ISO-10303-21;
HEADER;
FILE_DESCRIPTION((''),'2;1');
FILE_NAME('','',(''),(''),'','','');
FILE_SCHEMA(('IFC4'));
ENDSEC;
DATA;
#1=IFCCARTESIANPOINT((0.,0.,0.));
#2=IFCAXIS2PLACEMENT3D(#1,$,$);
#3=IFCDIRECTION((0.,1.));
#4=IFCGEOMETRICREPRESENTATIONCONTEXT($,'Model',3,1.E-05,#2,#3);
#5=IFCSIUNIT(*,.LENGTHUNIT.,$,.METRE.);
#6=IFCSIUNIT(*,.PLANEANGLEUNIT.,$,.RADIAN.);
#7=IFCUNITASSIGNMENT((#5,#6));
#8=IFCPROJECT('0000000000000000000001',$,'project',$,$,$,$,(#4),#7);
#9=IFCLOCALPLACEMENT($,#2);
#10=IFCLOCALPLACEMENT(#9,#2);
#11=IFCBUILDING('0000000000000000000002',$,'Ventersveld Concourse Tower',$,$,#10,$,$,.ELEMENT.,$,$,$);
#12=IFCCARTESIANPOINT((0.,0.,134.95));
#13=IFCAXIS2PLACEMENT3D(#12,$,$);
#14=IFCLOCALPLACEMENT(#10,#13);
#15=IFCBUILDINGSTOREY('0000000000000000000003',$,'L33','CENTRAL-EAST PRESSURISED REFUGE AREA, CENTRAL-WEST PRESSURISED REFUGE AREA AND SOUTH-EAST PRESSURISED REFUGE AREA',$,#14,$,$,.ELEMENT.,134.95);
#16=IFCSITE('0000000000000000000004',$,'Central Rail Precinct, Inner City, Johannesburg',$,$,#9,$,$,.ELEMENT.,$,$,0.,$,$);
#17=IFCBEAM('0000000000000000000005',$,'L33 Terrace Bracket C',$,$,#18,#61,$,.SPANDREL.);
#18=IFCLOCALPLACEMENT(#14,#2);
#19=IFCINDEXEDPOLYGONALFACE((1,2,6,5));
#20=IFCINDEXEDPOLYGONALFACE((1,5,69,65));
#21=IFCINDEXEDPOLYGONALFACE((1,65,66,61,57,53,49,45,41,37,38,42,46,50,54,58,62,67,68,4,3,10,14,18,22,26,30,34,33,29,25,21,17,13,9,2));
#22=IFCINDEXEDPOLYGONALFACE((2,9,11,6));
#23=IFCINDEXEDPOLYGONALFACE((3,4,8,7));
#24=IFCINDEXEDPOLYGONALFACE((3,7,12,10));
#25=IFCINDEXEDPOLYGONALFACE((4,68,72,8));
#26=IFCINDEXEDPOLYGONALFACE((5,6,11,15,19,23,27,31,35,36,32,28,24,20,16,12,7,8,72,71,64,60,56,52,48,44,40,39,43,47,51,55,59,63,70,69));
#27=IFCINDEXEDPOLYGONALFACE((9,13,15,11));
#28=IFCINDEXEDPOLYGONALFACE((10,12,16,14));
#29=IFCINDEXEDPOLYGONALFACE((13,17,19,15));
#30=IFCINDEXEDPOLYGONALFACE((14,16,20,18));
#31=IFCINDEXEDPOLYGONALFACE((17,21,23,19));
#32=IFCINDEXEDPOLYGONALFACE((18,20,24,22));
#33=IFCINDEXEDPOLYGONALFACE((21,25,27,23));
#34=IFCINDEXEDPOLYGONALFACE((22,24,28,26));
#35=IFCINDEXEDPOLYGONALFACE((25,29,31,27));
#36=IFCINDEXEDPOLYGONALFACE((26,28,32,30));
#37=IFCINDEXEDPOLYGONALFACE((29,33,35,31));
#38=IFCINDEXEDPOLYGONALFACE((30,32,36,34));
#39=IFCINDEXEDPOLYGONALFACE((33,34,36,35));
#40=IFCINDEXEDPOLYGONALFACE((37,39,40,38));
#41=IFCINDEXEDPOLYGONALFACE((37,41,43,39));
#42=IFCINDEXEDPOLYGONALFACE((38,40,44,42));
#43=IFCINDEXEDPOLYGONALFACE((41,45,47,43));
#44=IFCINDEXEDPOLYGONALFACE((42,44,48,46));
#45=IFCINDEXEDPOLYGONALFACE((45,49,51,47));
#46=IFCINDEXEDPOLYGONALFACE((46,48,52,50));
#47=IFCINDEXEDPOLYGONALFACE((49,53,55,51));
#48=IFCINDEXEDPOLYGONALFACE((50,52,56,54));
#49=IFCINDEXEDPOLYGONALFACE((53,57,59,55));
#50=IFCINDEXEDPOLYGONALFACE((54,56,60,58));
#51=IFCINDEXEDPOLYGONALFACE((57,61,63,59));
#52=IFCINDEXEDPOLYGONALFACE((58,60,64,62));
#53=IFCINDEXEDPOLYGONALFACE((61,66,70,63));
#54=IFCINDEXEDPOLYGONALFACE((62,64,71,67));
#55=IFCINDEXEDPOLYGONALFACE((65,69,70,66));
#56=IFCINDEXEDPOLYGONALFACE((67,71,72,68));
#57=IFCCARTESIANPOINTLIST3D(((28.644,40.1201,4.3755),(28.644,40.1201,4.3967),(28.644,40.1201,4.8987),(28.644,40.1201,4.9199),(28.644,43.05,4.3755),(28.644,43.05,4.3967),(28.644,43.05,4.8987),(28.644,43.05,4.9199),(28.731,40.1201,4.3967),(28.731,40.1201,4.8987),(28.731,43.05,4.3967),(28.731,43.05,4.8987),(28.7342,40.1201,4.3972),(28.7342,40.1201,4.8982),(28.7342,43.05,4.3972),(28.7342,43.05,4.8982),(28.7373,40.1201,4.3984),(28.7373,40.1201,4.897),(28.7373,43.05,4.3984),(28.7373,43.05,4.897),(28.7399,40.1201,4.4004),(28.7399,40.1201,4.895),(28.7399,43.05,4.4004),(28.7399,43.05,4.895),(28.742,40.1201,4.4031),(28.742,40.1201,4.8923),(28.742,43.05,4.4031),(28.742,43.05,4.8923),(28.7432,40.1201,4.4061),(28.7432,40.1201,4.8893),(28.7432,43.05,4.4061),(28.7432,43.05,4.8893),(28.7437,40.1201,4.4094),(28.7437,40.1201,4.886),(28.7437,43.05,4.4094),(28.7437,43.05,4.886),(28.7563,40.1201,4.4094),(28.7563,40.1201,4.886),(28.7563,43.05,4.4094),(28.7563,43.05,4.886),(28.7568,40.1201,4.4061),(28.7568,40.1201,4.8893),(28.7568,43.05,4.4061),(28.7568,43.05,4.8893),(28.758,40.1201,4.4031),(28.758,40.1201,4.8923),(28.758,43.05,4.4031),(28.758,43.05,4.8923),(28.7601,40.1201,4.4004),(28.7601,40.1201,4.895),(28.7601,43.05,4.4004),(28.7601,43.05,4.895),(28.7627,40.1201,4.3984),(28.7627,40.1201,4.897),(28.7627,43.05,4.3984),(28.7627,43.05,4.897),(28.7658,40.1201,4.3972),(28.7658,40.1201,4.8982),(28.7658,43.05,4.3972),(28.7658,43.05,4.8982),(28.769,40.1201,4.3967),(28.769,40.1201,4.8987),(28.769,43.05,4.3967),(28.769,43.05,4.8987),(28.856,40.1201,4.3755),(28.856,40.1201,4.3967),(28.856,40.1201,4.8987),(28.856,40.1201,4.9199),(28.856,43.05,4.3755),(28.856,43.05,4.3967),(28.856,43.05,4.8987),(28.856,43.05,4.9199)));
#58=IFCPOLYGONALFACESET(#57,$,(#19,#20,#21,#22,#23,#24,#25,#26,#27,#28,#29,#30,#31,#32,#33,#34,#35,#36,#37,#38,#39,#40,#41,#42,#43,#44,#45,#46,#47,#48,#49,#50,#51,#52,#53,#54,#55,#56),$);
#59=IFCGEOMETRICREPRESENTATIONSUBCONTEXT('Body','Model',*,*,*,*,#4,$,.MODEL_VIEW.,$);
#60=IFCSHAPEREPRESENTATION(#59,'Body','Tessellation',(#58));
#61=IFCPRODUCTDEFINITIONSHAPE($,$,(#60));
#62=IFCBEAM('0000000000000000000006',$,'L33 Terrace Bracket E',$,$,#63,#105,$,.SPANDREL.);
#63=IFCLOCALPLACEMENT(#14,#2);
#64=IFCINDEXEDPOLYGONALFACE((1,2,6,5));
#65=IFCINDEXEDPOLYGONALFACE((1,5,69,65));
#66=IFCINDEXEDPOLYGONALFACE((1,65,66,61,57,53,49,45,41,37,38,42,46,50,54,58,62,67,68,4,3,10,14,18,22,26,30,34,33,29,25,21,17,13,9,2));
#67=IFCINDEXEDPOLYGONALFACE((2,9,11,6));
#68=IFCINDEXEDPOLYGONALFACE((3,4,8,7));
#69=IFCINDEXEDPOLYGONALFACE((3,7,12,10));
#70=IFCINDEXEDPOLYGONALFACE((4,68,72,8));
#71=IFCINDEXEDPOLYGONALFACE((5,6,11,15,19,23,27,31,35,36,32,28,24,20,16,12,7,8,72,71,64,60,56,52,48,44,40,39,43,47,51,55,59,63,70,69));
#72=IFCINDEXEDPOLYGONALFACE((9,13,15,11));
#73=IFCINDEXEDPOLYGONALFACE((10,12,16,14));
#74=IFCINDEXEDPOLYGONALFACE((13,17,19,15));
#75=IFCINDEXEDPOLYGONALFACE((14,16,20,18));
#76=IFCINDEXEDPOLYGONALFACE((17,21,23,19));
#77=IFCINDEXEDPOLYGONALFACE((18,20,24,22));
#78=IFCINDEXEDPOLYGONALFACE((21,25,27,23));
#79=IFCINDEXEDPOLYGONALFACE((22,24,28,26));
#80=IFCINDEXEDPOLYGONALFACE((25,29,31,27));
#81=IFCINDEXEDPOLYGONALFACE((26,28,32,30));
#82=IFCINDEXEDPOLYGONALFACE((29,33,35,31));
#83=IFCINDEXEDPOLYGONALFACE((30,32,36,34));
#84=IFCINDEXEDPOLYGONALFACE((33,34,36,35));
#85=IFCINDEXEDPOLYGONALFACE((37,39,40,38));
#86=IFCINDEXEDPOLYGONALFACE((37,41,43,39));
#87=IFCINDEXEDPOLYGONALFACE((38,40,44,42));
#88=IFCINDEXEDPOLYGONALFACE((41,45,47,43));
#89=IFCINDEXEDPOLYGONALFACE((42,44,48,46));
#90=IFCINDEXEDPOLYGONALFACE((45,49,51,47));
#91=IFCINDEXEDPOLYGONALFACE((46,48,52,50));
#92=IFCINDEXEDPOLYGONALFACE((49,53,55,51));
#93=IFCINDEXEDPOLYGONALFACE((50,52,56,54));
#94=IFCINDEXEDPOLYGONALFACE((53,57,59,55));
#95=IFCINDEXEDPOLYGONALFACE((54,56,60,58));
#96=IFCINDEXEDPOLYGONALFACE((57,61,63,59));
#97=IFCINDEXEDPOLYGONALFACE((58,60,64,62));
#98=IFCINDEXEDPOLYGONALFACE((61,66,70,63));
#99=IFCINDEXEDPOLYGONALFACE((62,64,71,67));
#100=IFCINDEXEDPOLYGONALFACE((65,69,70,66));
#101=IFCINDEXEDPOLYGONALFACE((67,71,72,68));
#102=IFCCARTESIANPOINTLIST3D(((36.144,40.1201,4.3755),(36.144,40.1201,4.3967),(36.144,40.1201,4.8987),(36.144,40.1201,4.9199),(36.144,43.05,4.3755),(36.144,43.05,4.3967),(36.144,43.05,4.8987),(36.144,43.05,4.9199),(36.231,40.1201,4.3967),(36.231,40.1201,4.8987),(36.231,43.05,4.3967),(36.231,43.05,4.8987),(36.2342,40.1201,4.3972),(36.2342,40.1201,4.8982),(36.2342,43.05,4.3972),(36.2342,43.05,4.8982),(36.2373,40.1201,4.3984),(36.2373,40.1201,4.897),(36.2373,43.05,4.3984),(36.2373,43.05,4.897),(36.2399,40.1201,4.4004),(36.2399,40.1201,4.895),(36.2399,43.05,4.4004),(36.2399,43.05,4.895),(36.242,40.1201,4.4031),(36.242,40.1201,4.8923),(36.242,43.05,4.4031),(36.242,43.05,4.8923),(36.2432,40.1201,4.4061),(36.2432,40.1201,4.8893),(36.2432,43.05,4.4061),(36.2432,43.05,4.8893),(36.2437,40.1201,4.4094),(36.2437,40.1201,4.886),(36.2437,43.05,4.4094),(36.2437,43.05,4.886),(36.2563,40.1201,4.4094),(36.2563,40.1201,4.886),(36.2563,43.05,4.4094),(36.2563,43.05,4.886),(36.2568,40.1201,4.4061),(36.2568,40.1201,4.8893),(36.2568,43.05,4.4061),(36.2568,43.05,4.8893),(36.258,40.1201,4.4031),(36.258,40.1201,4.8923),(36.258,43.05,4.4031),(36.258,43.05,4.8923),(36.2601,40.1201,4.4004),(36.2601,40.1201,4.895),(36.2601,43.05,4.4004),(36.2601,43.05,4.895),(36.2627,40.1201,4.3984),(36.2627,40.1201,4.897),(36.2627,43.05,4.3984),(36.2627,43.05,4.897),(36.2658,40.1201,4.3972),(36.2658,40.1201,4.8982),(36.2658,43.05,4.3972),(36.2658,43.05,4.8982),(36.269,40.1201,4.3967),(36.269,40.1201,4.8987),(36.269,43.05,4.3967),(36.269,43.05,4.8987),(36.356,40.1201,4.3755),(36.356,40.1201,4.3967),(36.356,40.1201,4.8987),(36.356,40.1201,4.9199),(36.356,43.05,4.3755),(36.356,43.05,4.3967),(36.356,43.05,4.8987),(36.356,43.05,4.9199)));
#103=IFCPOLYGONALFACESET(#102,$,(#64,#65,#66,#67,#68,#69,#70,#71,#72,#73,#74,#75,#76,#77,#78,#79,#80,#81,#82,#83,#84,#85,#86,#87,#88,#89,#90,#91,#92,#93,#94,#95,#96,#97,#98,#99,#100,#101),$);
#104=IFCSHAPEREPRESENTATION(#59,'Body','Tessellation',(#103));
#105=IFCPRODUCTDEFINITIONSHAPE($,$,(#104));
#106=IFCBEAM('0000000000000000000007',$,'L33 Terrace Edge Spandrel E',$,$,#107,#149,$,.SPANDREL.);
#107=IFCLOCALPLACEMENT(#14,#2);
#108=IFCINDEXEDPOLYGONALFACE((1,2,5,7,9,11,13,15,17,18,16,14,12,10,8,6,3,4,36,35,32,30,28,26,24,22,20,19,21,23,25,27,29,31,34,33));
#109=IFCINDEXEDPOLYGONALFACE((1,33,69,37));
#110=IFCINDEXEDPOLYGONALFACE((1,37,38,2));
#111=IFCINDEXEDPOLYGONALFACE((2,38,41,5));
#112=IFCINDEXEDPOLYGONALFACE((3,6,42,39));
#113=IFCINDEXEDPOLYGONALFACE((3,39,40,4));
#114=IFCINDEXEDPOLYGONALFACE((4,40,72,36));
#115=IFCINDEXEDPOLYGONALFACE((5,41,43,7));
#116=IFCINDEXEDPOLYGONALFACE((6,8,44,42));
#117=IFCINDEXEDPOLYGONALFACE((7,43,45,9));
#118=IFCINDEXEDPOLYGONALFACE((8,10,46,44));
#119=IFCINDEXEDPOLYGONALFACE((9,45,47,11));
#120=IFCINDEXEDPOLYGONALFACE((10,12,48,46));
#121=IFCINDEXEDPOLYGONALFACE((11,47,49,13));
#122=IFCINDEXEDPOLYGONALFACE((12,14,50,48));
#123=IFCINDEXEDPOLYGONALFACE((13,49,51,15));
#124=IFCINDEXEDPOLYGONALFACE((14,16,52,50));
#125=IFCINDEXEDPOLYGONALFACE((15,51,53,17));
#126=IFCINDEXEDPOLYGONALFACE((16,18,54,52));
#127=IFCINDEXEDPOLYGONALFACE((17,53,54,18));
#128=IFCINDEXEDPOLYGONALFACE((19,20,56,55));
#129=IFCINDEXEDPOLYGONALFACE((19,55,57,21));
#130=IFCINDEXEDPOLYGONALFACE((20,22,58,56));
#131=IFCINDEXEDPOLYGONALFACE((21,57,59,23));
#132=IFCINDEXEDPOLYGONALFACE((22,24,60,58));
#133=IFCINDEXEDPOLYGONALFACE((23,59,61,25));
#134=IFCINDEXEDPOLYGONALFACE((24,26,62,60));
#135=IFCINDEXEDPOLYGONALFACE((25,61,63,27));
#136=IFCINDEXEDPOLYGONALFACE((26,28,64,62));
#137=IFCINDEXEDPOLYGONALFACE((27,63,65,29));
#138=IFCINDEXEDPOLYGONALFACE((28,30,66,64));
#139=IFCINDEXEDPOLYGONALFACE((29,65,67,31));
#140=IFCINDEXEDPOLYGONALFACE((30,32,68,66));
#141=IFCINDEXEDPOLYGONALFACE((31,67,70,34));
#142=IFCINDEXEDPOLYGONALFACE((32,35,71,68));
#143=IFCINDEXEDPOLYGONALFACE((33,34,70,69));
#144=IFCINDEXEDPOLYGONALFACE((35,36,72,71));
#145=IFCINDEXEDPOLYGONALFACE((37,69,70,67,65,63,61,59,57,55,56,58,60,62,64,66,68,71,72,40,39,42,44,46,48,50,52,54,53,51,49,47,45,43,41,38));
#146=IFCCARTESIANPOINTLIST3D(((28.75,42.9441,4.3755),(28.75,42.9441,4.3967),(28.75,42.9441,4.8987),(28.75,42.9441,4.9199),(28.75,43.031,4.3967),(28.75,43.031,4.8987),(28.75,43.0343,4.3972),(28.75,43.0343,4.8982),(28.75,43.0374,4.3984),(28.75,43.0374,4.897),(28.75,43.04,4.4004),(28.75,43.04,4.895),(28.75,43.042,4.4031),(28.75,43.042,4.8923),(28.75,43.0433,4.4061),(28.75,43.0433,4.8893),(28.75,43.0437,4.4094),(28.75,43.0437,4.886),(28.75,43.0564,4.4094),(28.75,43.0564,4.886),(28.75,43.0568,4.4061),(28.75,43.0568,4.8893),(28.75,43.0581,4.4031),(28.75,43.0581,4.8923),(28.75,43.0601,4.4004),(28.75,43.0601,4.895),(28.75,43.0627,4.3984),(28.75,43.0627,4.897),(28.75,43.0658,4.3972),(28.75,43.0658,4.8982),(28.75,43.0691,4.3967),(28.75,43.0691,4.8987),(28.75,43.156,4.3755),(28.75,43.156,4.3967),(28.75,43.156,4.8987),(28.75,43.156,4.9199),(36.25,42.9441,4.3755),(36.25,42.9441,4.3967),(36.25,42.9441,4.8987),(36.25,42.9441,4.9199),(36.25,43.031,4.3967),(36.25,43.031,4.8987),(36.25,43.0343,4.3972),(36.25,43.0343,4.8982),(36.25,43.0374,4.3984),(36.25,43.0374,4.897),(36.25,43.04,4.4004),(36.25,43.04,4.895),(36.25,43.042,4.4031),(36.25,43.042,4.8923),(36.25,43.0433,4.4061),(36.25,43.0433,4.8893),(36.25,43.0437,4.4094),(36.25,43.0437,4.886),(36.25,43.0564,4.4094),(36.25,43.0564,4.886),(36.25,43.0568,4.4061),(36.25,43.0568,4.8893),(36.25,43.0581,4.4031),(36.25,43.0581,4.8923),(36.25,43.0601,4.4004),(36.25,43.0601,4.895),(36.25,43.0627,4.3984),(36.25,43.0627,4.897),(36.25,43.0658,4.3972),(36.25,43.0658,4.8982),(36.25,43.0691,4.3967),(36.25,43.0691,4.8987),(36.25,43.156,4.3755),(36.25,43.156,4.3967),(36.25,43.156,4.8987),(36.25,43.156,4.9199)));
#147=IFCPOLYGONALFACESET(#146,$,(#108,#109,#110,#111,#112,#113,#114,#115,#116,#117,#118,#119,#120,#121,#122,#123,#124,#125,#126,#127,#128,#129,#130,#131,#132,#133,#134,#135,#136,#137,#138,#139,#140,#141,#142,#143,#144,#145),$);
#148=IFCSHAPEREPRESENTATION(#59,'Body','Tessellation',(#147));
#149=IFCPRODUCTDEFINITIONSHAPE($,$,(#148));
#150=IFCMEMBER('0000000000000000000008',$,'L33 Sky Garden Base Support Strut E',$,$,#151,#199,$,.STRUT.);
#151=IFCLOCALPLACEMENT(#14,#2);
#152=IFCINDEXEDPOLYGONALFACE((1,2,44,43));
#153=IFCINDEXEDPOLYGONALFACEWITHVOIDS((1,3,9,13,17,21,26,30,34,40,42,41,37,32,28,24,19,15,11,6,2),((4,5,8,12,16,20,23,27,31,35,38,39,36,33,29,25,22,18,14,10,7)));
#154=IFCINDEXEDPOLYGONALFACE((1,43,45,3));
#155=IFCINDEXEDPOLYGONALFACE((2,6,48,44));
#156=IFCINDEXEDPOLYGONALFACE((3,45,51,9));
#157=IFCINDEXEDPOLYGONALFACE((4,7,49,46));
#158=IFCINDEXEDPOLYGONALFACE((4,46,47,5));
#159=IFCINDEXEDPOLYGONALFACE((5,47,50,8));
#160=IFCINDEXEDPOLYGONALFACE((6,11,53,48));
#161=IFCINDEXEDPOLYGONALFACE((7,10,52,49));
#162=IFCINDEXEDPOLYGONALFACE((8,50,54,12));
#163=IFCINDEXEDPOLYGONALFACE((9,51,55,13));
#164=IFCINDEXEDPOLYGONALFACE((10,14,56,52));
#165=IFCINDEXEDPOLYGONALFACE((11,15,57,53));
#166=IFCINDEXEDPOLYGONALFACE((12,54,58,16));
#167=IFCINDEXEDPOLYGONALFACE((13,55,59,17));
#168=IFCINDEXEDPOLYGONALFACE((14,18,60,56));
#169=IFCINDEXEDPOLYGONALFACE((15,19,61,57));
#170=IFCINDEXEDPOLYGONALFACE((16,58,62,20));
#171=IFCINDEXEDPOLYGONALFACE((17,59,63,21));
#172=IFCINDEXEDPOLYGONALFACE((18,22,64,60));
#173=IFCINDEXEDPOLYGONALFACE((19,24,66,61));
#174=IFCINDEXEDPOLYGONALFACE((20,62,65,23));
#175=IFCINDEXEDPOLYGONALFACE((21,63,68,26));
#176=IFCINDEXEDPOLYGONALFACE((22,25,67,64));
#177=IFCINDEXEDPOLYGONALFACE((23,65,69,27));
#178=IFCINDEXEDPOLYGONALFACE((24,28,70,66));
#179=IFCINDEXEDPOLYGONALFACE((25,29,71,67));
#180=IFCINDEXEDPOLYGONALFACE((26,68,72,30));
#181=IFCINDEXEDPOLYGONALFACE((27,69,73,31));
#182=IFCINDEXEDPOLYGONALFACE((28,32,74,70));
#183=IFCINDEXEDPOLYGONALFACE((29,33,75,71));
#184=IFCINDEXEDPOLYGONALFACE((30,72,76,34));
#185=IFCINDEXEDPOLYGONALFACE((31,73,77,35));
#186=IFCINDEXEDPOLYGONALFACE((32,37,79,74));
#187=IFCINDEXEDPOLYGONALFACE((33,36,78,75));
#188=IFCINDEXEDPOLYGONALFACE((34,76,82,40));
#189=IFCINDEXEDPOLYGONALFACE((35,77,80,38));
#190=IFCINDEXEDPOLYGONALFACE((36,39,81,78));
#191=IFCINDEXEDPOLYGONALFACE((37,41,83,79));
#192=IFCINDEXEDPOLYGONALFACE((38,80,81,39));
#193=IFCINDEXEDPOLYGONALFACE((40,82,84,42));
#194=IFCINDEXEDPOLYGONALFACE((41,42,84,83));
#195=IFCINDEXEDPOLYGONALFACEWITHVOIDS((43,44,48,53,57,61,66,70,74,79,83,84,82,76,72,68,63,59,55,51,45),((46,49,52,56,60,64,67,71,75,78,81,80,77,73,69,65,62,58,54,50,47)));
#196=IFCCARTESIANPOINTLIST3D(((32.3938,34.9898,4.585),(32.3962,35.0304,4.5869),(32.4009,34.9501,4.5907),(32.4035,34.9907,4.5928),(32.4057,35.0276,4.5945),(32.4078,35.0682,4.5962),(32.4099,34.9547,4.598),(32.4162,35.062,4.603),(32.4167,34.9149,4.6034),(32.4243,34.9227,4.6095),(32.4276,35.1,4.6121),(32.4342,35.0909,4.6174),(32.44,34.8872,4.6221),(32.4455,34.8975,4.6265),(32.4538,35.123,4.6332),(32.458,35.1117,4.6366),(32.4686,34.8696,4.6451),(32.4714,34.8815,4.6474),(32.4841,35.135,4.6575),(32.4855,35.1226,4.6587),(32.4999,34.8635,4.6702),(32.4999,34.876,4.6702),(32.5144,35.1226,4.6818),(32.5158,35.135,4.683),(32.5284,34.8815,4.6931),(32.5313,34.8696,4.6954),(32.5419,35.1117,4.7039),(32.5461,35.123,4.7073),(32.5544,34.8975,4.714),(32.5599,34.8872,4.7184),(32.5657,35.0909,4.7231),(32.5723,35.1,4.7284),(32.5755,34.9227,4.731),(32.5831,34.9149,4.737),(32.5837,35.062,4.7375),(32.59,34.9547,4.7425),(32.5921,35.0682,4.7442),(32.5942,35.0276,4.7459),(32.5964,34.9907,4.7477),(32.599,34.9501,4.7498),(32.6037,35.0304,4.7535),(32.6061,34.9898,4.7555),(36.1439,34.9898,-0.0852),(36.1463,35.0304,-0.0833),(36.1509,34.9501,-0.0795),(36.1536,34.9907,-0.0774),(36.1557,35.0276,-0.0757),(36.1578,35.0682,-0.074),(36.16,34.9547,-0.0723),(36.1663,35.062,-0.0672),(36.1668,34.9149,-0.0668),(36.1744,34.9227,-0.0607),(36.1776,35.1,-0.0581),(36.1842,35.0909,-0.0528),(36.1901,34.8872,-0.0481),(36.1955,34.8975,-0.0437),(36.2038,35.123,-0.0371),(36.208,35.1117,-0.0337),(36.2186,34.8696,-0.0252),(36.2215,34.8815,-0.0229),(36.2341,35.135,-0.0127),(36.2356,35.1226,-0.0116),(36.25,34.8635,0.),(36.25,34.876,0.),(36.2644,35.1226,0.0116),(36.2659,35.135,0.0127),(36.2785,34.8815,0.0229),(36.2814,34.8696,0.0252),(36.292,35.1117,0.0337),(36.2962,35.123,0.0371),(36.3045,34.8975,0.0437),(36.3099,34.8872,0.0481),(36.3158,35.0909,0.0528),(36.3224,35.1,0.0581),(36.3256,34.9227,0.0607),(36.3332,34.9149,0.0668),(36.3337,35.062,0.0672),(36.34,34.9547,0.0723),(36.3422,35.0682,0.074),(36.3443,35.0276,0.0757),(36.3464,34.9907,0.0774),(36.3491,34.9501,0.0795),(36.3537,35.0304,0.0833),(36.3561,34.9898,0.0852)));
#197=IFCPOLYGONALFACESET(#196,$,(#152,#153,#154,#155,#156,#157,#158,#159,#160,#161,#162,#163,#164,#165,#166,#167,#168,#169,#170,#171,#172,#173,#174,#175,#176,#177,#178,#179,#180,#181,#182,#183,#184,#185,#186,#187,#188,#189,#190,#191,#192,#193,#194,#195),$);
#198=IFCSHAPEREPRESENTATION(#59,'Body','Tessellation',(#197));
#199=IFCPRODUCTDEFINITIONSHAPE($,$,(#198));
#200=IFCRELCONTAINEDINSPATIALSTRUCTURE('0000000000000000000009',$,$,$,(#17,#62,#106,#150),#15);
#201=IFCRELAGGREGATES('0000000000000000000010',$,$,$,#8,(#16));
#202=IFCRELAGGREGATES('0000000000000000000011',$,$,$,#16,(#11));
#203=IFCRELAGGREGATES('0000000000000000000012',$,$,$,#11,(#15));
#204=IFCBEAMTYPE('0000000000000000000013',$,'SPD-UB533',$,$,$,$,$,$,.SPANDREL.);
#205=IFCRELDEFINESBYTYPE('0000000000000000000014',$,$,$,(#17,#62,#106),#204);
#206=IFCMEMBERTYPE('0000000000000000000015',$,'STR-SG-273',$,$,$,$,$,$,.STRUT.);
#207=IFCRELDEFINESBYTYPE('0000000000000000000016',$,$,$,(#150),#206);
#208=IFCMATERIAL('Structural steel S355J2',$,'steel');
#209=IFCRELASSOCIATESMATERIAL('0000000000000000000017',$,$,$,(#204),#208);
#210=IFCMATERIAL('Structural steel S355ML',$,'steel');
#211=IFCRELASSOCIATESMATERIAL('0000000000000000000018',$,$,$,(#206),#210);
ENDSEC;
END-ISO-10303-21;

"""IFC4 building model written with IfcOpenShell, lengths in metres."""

from ifc_helpers import new_model, si_unit, direction, frame, origin, origin_2d, place, context, subcontext, project, spatial, hollow_circle, i_section, extrude, material, material_profile, profile_set, type_object, element, save


model = new_model("IFC4")

# Units and contexts
model_context = context("Model", 3, precision=1e-05, world=origin(), true_north=direction((0.0, 1.0)))
body_context = subcontext(model_context, "Body", "Model", "MODEL_VIEW")
ifc_project = project(units=[si_unit("LENGTHUNIT", "METRE"), si_unit("PLANEANGLEUNIT", "RADIAN")], contexts=[model_context])

# Site, building, storey
site_placement = place(None, origin())
site = spatial("IfcSite", under=ifc_project, at=site_placement, Name="Central Rail Precinct, Inner City, Johannesburg", CompositionType="ELEMENT", RefElevation=0.0)
building_placement = place(site_placement, origin())
building = spatial("IfcBuilding", under=site, at=building_placement, Name="Ventersveld Concourse Tower", CompositionType="ELEMENT")
storey_placement = place(building_placement, frame((0.0, 0.0, 134.95)))
storey = spatial("IfcBuildingStorey", under=building, at=storey_placement, Name="L33", Description="CENTRAL-EAST PRESSURISED REFUGE AREA, CENTRAL-WEST PRESSURISED REFUGE AREA AND SOUTH-EAST PRESSURISED REFUGE AREA", CompositionType="ELEMENT", Elevation=134.95)

# Shared definitions
ifc_material_1 = material(Name="Structural steel S355ML", Category="steel")

# Beams
ifc_material_2 = material(Name="Structural steel S355J2", Category="steel")
ifc_material_profile_1 = material_profile(ifc_material_2, i_section(OverallWidth=0.2119, OverallDepth=0.5444, WebThickness=0.0127, FlangeThickness=0.0212, FilletRadius=0.0127, at=origin_2d()), Name="UB 533x210x122")
ifc_profile_set_1 = profile_set([ifc_material_profile_1], Name="Structural steel S355J2")
beam_type_1 = type_object("IfcBeamType", Name="SPD-UB533", PredefinedType="SPANDREL", material=ifc_profile_set_1)
for number, where, z_axis, x_axis, name in (
    (1, (28.75, 40.1201, 4.6477), (0.0, 1.0, 0.0), (-1.0, 0.0, 0.0), "L33 Terrace Bracket C"),
    (2, (36.25, 40.1201, 4.6477), (0.0, 1.0, 0.0), (-1.0, 0.0, 0.0), "L33 Terrace Bracket E"),
):
    element("IfcBeam", number, at=place(storey_placement, frame(where, z_axis=z_axis, x_axis=x_axis)), inside=storey, type_object=beam_type_1, Name=name, PredefinedType="SPANDREL", context=body_context, shape_type="SweptSolid", body=[
        extrude(i_section(OverallWidth=0.2119, OverallDepth=0.5444, WebThickness=0.0127, FlangeThickness=0.0212, FilletRadius=0.0127, at=origin_2d()), origin(), (0.0, 0.0, 1.0), 2.9299),
    ])
beam_placement = place(storey_placement, frame((28.75, 43.05, 4.6477), z_axis=(1.0, 0.0, 0.0), x_axis=(0.0, 1.0, 0.0)))
element("IfcBeam", 3, at=beam_placement, inside=storey, type_object=beam_type_1, Name="L33 Terrace Edge Spandrel E", PredefinedType="SPANDREL", context=body_context, shape_type="SweptSolid", body=[
    extrude(i_section(OverallWidth=0.2119, OverallDepth=0.5444, WebThickness=0.0127, FlangeThickness=0.0212, FilletRadius=0.0127, at=origin_2d()), origin(), (0.0, 0.0, 1.0), 7.5),
])

# Member
ifc_material_profile_2 = material_profile(ifc_material_1, hollow_circle(Radius=0.1365, WallThickness=0.0125, at=origin_2d()), Name="CHS 273x12.5")
ifc_profile_set_2 = profile_set([ifc_material_profile_2], Name="Structural steel S355ML")
member_type_1 = type_object("IfcMemberType", Name="STR-SG-273", PredefinedType="STRUT", material=ifc_profile_set_2)
member_1_placement = place(storey_placement, frame((36.25, 35.0, 0.0), z_axis=(-0.626106, 0.0, 0.779738), x_axis=(0.0, -1.0, 0.0)))
element("IfcMember", 4, at=member_1_placement, inside=storey, type_object=member_type_1, Name="L33 Sky Garden Base Support Strut E", PredefinedType="STRUT", context=body_context, shape_type="SweptSolid", body=[
    extrude(hollow_circle(Radius=0.1365, WallThickness=0.0125, at=origin_2d()), origin(), (0.0, 0.0, 1.0), 5.9895),
])

save(model, "model.ifc")
